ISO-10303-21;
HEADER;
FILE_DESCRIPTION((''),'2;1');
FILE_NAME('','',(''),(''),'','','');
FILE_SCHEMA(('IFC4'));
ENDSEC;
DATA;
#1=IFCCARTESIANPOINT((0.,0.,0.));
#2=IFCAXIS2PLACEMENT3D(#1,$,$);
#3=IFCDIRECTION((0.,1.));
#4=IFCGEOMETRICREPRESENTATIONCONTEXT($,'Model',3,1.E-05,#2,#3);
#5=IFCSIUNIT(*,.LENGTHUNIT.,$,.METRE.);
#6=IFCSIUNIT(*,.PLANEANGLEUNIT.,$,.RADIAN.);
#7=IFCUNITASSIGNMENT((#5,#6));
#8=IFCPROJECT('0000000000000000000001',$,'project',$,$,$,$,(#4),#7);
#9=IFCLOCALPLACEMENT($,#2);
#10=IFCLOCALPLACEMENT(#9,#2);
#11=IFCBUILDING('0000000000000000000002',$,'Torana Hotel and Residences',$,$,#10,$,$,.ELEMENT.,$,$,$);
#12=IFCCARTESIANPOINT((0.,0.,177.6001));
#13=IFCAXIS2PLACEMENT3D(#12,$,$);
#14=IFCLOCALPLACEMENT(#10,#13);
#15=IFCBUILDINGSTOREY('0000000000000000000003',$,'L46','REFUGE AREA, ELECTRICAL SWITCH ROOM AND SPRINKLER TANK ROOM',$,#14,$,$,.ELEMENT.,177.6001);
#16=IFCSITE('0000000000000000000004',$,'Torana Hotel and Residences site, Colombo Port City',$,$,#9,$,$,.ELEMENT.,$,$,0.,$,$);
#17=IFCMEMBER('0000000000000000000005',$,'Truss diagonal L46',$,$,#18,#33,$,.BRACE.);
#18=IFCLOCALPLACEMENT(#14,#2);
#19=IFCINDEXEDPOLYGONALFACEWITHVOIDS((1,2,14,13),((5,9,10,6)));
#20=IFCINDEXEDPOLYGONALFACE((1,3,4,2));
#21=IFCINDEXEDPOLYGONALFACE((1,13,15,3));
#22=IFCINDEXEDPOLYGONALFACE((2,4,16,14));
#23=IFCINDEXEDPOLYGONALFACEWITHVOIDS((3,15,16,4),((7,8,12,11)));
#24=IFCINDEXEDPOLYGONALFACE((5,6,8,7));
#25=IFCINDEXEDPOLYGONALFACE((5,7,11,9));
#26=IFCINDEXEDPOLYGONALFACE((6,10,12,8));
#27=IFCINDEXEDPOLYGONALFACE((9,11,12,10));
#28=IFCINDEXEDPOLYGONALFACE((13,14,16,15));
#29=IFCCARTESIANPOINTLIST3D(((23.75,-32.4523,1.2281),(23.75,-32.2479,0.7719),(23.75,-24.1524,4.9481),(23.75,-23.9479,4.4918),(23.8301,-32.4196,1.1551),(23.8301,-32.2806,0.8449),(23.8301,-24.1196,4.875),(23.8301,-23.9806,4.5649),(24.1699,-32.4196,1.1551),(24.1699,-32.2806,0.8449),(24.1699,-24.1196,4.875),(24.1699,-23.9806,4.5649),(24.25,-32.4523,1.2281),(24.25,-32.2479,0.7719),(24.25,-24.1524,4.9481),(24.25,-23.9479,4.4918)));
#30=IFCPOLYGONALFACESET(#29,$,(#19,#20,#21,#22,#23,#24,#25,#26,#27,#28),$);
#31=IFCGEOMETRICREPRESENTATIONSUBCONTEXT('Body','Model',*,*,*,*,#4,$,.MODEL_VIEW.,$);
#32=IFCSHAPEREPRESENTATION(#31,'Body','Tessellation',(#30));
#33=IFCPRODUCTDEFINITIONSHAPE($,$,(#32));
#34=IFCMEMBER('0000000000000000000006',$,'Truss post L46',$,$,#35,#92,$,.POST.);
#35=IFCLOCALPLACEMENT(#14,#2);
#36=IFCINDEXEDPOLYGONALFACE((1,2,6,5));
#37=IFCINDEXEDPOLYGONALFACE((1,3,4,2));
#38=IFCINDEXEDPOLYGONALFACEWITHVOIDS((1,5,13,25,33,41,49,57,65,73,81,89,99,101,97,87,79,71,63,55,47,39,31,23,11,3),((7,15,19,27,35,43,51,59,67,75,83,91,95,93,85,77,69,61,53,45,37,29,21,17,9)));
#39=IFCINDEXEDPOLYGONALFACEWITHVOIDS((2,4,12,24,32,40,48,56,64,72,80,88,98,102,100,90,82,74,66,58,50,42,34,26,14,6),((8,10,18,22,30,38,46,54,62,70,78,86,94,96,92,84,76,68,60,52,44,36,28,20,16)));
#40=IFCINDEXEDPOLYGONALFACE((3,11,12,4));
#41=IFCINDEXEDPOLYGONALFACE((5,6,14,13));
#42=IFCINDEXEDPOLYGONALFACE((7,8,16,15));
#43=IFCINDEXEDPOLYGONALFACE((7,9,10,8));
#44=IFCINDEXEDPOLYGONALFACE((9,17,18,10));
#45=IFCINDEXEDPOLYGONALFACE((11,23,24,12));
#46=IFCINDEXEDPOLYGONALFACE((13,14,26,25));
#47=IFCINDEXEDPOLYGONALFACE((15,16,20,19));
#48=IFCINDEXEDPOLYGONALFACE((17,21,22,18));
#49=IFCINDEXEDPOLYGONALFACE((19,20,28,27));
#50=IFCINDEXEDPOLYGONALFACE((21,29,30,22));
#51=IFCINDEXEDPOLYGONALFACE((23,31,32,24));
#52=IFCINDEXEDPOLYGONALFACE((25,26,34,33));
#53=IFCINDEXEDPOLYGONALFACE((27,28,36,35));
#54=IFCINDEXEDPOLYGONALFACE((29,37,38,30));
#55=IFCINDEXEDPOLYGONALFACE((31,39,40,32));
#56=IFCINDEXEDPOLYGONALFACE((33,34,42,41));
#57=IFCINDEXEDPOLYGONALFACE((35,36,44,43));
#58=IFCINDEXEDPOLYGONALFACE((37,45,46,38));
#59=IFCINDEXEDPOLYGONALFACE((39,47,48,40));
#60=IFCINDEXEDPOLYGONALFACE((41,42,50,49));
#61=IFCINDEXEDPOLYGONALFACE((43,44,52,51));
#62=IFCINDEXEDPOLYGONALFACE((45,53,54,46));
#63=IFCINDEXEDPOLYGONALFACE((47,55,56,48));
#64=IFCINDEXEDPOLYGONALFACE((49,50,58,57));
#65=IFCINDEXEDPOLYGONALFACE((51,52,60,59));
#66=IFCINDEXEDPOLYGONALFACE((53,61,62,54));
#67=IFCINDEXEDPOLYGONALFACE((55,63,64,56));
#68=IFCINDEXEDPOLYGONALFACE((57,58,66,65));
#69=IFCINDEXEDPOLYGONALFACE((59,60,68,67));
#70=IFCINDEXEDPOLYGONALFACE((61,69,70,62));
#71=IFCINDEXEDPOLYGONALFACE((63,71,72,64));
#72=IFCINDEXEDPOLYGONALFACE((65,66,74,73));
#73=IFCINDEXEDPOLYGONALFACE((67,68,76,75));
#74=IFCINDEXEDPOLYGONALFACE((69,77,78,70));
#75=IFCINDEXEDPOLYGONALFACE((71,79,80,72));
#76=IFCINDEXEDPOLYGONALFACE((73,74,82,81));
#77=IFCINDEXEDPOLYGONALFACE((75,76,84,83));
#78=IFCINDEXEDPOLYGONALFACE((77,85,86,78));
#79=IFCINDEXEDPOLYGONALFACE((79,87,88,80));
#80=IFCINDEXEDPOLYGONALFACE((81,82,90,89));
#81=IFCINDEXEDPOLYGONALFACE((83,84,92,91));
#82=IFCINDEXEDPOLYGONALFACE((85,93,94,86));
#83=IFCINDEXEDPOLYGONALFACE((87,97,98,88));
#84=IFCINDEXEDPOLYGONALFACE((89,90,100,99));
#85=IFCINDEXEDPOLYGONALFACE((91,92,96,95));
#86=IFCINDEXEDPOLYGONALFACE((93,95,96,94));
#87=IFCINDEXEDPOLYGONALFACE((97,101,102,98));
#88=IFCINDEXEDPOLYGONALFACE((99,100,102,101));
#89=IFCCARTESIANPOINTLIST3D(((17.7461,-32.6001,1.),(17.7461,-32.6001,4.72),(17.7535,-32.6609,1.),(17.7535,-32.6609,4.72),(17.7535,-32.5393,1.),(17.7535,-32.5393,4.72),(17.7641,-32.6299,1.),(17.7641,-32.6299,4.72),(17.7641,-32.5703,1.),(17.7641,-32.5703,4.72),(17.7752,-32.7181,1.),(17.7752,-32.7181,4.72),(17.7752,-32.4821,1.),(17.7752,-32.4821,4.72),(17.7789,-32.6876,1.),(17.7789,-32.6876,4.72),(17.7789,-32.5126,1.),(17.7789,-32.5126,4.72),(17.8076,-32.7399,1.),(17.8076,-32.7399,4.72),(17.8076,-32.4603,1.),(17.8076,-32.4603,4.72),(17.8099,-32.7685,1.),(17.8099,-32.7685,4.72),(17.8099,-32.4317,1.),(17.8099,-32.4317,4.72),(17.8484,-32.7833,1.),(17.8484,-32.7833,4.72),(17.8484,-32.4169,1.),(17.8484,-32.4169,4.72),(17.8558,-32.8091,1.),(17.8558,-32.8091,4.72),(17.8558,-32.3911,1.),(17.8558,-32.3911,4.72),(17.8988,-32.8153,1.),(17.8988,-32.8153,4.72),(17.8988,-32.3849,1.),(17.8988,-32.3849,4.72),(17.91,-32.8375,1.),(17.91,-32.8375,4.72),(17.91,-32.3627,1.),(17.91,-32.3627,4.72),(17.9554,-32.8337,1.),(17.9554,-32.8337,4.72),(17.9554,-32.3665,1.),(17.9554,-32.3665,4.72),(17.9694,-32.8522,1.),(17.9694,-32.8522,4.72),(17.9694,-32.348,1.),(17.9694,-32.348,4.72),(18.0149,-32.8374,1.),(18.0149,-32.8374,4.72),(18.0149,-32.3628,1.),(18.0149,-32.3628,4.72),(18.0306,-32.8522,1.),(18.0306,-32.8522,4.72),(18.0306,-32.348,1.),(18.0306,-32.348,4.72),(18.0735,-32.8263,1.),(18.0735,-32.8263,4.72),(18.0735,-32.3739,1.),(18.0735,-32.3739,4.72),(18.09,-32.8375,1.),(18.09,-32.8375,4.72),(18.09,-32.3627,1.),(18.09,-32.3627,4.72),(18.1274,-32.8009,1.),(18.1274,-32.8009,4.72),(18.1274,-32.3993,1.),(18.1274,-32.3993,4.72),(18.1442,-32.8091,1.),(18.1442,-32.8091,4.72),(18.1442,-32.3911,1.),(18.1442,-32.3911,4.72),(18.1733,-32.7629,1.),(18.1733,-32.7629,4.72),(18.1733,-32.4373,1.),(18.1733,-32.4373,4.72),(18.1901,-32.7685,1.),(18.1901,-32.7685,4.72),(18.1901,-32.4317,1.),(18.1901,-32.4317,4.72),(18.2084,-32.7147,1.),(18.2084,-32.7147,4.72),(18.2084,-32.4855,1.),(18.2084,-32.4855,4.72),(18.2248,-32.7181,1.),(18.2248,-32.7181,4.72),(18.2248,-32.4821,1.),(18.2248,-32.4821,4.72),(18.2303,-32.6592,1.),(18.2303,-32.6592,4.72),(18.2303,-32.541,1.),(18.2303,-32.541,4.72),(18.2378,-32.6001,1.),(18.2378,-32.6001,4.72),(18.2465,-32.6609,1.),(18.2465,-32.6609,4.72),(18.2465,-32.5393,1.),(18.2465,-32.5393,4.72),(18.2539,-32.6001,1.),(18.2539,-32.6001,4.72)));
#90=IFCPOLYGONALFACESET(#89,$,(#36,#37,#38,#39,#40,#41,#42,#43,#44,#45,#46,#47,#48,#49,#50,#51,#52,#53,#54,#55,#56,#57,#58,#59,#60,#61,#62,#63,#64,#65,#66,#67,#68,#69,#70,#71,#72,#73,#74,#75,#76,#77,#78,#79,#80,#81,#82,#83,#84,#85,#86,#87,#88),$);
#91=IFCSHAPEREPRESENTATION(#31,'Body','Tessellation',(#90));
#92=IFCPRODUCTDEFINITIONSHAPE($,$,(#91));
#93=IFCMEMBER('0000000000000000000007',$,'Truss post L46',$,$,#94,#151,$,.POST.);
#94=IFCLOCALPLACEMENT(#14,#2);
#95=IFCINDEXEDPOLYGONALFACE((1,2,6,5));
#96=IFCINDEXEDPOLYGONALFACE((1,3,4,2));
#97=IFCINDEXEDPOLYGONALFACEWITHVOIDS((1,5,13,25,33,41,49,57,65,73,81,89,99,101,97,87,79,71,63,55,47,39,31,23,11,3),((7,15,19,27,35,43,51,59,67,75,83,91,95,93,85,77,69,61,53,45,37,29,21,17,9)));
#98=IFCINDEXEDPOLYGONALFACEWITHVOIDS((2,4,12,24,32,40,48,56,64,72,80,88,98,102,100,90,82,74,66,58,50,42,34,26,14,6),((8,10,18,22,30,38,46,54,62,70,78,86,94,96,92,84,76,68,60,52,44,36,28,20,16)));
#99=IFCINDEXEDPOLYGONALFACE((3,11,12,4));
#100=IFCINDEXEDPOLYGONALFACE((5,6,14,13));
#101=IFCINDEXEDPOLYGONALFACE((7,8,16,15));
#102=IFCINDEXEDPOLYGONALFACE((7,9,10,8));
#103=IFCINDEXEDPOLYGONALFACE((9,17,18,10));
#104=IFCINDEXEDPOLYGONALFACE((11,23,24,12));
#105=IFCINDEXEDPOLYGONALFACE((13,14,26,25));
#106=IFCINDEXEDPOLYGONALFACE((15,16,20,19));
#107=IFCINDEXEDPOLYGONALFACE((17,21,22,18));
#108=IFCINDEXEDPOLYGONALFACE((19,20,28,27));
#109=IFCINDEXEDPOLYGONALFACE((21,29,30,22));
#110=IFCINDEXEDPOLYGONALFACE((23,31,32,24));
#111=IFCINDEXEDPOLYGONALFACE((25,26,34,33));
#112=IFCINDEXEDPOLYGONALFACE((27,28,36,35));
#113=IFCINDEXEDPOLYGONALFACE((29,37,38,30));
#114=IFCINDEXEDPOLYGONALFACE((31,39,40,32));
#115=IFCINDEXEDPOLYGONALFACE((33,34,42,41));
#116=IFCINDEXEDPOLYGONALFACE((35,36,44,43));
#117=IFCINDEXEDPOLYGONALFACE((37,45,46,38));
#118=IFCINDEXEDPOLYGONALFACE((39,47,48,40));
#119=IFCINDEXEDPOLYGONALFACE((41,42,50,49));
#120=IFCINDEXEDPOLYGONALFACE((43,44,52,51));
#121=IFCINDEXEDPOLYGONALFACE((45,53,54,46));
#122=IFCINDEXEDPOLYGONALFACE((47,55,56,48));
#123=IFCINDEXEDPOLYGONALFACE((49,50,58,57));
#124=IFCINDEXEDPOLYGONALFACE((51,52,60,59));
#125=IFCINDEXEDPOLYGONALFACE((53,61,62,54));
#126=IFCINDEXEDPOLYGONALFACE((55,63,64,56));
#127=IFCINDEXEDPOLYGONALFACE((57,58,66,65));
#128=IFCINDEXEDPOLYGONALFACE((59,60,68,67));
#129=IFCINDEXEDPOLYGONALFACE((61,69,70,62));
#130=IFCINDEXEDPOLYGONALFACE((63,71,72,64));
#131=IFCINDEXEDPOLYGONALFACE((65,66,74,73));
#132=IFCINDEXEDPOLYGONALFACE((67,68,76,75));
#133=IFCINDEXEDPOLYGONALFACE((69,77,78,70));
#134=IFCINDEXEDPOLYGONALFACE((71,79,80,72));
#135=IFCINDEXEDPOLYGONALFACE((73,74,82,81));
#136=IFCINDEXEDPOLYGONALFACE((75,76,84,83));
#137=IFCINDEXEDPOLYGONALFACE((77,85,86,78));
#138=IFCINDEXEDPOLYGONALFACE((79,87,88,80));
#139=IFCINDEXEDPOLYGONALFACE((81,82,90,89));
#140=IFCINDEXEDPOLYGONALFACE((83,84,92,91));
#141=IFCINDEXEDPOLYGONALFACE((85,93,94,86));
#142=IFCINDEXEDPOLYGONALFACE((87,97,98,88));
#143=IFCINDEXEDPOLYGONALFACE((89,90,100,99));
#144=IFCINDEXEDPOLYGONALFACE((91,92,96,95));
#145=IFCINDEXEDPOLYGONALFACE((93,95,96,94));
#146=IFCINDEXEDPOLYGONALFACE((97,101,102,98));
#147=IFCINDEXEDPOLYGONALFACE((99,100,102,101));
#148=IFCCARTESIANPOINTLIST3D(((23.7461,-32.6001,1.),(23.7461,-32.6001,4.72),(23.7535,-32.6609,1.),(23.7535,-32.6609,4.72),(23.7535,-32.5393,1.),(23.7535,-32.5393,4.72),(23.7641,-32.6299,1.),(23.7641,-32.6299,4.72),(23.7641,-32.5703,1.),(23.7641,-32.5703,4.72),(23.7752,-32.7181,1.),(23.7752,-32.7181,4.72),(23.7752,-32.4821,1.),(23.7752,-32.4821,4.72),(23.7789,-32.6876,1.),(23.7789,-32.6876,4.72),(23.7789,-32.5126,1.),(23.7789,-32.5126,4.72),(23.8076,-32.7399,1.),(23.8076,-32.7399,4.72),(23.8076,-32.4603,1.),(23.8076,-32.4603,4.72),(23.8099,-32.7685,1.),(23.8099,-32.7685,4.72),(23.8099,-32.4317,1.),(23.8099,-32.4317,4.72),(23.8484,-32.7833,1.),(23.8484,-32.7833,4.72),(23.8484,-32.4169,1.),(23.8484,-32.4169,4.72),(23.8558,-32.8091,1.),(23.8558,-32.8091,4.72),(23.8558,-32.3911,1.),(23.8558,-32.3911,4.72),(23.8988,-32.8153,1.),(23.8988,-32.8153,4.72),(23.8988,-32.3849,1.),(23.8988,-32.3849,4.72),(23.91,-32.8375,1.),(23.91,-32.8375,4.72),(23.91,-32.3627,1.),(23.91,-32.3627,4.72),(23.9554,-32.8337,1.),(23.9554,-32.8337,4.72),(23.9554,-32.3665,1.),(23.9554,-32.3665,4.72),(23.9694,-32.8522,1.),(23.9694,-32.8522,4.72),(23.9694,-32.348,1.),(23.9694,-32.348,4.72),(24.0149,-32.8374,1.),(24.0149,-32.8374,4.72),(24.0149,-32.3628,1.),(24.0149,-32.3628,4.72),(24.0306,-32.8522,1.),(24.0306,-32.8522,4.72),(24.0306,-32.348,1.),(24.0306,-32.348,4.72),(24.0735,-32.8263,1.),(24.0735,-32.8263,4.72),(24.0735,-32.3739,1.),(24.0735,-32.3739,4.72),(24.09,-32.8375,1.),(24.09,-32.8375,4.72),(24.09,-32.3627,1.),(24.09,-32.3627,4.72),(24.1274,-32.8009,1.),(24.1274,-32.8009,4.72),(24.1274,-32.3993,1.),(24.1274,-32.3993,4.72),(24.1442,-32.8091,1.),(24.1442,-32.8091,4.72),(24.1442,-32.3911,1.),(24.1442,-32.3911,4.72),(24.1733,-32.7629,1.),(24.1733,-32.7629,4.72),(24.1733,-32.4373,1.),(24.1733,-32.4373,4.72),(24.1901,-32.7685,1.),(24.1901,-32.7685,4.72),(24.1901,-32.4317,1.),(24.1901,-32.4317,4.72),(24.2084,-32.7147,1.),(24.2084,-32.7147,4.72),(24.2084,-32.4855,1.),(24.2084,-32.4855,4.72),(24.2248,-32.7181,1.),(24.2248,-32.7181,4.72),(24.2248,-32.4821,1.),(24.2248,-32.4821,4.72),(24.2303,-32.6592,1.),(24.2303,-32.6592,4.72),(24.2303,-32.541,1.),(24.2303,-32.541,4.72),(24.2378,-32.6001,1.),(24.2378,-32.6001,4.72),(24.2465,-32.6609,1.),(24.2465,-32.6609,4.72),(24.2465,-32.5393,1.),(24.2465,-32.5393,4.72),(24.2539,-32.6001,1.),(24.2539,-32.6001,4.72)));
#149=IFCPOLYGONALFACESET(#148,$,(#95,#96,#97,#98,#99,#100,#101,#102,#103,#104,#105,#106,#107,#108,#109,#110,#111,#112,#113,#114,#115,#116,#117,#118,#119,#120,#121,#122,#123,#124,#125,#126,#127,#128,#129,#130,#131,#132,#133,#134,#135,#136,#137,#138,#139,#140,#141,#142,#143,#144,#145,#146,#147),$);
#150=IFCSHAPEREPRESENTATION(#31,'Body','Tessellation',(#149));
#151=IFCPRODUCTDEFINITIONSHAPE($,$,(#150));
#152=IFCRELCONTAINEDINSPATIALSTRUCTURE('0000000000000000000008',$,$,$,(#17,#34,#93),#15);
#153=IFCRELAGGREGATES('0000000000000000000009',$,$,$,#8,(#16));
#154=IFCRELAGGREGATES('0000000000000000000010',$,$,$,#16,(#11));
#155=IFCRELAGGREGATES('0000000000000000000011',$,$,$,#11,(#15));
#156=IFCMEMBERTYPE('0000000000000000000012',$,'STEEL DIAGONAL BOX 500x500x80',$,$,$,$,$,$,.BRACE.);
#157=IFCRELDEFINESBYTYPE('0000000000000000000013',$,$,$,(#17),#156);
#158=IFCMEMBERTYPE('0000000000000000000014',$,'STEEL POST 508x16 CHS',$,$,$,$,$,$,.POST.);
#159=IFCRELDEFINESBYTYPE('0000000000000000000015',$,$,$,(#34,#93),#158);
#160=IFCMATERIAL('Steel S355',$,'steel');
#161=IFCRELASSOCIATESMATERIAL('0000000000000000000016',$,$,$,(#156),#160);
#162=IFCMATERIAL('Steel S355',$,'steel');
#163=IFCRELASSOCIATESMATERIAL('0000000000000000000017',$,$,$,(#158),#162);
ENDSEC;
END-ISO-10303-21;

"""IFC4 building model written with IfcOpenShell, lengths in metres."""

from ifc_helpers import new_model, si_unit, direction, frame, origin, origin_2d, place, context, subcontext, project, spatial, hollow_rectangle, hollow_circle, extrude, material, material_profile, profile_set, type_object, element, save


model = new_model("IFC4")

# Units and contexts
model_context = context("Model", 3, precision=1e-05, world=origin(), true_north=direction((0.0, 1.0)))
body_context = subcontext(model_context, "Body", "Model", "MODEL_VIEW")
ifc_project = project(units=[si_unit("LENGTHUNIT", "METRE"), si_unit("PLANEANGLEUNIT", "RADIAN")], contexts=[model_context])

# Site, building, storey
site_placement = place(None, origin())
site = spatial("IfcSite", under=ifc_project, at=site_placement, Name="Torana Hotel and Residences site, Colombo Port City", CompositionType="ELEMENT", RefElevation=0.0)
building_placement = place(site_placement, origin())
building = spatial("IfcBuilding", under=site, at=building_placement, Name="Torana Hotel and Residences", CompositionType="ELEMENT")
storey_placement = place(building_placement, frame((0.0, 0.0, 177.6001)))
storey = spatial("IfcBuildingStorey", under=building, at=storey_placement, Name="L46", Description="REFUGE AREA, ELECTRICAL SWITCH ROOM AND SPRINKLER TANK ROOM", CompositionType="ELEMENT", Elevation=177.6001)

# Members
ifc_material_1 = material(Name="Steel S355", Category="steel")
ifc_material_profile_1 = material_profile(ifc_material_1, hollow_rectangle(XDim=0.5, YDim=0.5, WallThickness=0.0801, at=origin_2d()), Name="BOX 500x500x80")
ifc_profile_set_1 = profile_set([ifc_material_profile_1], Name="Steel S355")
member_type_1 = type_object("IfcMemberType", Name="STEEL DIAGONAL BOX 500x500x80", PredefinedType="BRACE", material=ifc_profile_set_1)
for number, where, z_axis, x_axis, name in (
    (1, (24.0, -32.3501, 1.0), (0.0, 0.91254, 0.408988), (-1.0, 0.0, 0.0), "Truss diagonal L46"),
):
    element("IfcMember", number, at=place(storey_placement, frame(where, z_axis=z_axis, x_axis=x_axis)), inside=storey, type_object=member_type_1, Name=name, PredefinedType="BRACE", context=body_context, shape_type="SweptSolid", body=[
        extrude(hollow_rectangle(XDim=0.5, YDim=0.5, WallThickness=0.0801, at=origin_2d()), origin(), (0.0, 0.0, 1.0), 9.0955),
    ])
ifc_material_2 = material(Name="Steel S355", Category="steel")
ifc_material_profile_2 = material_profile(ifc_material_2, hollow_circle(Radius=0.2539, WallThickness=0.0161, at=origin_2d()), Name="508x16 CHS")
ifc_profile_set_2 = profile_set([ifc_material_profile_2], Name="Steel S355")
member_type_2 = type_object("IfcMemberType", Name="STEEL POST 508x16 CHS", PredefinedType="POST", material=ifc_profile_set_2)
for number, where, z_axis, x_axis, name in (
    (2, (18.0, -32.6001, 1.0), (0.0, 0.0, 1.0), (1.0, 0.0, 0.0), "Truss post L46"),
    (3, (24.0, -32.6001, 1.0), (0.0, 0.0, 1.0), (1.0, 0.0, 0.0), "Truss post L46"),
):
    element("IfcMember", number, at=place(storey_placement, frame(where, z_axis=z_axis, x_axis=x_axis)), inside=storey, type_object=member_type_2, Name=name, PredefinedType="POST", context=body_context, shape_type="SweptSolid", body=[
        extrude(hollow_circle(Radius=0.2539, WallThickness=0.0161, at=origin_2d()), origin(), (0.0, 0.0, 1.0), 3.72),
    ])

save(model, "model.ifc")
